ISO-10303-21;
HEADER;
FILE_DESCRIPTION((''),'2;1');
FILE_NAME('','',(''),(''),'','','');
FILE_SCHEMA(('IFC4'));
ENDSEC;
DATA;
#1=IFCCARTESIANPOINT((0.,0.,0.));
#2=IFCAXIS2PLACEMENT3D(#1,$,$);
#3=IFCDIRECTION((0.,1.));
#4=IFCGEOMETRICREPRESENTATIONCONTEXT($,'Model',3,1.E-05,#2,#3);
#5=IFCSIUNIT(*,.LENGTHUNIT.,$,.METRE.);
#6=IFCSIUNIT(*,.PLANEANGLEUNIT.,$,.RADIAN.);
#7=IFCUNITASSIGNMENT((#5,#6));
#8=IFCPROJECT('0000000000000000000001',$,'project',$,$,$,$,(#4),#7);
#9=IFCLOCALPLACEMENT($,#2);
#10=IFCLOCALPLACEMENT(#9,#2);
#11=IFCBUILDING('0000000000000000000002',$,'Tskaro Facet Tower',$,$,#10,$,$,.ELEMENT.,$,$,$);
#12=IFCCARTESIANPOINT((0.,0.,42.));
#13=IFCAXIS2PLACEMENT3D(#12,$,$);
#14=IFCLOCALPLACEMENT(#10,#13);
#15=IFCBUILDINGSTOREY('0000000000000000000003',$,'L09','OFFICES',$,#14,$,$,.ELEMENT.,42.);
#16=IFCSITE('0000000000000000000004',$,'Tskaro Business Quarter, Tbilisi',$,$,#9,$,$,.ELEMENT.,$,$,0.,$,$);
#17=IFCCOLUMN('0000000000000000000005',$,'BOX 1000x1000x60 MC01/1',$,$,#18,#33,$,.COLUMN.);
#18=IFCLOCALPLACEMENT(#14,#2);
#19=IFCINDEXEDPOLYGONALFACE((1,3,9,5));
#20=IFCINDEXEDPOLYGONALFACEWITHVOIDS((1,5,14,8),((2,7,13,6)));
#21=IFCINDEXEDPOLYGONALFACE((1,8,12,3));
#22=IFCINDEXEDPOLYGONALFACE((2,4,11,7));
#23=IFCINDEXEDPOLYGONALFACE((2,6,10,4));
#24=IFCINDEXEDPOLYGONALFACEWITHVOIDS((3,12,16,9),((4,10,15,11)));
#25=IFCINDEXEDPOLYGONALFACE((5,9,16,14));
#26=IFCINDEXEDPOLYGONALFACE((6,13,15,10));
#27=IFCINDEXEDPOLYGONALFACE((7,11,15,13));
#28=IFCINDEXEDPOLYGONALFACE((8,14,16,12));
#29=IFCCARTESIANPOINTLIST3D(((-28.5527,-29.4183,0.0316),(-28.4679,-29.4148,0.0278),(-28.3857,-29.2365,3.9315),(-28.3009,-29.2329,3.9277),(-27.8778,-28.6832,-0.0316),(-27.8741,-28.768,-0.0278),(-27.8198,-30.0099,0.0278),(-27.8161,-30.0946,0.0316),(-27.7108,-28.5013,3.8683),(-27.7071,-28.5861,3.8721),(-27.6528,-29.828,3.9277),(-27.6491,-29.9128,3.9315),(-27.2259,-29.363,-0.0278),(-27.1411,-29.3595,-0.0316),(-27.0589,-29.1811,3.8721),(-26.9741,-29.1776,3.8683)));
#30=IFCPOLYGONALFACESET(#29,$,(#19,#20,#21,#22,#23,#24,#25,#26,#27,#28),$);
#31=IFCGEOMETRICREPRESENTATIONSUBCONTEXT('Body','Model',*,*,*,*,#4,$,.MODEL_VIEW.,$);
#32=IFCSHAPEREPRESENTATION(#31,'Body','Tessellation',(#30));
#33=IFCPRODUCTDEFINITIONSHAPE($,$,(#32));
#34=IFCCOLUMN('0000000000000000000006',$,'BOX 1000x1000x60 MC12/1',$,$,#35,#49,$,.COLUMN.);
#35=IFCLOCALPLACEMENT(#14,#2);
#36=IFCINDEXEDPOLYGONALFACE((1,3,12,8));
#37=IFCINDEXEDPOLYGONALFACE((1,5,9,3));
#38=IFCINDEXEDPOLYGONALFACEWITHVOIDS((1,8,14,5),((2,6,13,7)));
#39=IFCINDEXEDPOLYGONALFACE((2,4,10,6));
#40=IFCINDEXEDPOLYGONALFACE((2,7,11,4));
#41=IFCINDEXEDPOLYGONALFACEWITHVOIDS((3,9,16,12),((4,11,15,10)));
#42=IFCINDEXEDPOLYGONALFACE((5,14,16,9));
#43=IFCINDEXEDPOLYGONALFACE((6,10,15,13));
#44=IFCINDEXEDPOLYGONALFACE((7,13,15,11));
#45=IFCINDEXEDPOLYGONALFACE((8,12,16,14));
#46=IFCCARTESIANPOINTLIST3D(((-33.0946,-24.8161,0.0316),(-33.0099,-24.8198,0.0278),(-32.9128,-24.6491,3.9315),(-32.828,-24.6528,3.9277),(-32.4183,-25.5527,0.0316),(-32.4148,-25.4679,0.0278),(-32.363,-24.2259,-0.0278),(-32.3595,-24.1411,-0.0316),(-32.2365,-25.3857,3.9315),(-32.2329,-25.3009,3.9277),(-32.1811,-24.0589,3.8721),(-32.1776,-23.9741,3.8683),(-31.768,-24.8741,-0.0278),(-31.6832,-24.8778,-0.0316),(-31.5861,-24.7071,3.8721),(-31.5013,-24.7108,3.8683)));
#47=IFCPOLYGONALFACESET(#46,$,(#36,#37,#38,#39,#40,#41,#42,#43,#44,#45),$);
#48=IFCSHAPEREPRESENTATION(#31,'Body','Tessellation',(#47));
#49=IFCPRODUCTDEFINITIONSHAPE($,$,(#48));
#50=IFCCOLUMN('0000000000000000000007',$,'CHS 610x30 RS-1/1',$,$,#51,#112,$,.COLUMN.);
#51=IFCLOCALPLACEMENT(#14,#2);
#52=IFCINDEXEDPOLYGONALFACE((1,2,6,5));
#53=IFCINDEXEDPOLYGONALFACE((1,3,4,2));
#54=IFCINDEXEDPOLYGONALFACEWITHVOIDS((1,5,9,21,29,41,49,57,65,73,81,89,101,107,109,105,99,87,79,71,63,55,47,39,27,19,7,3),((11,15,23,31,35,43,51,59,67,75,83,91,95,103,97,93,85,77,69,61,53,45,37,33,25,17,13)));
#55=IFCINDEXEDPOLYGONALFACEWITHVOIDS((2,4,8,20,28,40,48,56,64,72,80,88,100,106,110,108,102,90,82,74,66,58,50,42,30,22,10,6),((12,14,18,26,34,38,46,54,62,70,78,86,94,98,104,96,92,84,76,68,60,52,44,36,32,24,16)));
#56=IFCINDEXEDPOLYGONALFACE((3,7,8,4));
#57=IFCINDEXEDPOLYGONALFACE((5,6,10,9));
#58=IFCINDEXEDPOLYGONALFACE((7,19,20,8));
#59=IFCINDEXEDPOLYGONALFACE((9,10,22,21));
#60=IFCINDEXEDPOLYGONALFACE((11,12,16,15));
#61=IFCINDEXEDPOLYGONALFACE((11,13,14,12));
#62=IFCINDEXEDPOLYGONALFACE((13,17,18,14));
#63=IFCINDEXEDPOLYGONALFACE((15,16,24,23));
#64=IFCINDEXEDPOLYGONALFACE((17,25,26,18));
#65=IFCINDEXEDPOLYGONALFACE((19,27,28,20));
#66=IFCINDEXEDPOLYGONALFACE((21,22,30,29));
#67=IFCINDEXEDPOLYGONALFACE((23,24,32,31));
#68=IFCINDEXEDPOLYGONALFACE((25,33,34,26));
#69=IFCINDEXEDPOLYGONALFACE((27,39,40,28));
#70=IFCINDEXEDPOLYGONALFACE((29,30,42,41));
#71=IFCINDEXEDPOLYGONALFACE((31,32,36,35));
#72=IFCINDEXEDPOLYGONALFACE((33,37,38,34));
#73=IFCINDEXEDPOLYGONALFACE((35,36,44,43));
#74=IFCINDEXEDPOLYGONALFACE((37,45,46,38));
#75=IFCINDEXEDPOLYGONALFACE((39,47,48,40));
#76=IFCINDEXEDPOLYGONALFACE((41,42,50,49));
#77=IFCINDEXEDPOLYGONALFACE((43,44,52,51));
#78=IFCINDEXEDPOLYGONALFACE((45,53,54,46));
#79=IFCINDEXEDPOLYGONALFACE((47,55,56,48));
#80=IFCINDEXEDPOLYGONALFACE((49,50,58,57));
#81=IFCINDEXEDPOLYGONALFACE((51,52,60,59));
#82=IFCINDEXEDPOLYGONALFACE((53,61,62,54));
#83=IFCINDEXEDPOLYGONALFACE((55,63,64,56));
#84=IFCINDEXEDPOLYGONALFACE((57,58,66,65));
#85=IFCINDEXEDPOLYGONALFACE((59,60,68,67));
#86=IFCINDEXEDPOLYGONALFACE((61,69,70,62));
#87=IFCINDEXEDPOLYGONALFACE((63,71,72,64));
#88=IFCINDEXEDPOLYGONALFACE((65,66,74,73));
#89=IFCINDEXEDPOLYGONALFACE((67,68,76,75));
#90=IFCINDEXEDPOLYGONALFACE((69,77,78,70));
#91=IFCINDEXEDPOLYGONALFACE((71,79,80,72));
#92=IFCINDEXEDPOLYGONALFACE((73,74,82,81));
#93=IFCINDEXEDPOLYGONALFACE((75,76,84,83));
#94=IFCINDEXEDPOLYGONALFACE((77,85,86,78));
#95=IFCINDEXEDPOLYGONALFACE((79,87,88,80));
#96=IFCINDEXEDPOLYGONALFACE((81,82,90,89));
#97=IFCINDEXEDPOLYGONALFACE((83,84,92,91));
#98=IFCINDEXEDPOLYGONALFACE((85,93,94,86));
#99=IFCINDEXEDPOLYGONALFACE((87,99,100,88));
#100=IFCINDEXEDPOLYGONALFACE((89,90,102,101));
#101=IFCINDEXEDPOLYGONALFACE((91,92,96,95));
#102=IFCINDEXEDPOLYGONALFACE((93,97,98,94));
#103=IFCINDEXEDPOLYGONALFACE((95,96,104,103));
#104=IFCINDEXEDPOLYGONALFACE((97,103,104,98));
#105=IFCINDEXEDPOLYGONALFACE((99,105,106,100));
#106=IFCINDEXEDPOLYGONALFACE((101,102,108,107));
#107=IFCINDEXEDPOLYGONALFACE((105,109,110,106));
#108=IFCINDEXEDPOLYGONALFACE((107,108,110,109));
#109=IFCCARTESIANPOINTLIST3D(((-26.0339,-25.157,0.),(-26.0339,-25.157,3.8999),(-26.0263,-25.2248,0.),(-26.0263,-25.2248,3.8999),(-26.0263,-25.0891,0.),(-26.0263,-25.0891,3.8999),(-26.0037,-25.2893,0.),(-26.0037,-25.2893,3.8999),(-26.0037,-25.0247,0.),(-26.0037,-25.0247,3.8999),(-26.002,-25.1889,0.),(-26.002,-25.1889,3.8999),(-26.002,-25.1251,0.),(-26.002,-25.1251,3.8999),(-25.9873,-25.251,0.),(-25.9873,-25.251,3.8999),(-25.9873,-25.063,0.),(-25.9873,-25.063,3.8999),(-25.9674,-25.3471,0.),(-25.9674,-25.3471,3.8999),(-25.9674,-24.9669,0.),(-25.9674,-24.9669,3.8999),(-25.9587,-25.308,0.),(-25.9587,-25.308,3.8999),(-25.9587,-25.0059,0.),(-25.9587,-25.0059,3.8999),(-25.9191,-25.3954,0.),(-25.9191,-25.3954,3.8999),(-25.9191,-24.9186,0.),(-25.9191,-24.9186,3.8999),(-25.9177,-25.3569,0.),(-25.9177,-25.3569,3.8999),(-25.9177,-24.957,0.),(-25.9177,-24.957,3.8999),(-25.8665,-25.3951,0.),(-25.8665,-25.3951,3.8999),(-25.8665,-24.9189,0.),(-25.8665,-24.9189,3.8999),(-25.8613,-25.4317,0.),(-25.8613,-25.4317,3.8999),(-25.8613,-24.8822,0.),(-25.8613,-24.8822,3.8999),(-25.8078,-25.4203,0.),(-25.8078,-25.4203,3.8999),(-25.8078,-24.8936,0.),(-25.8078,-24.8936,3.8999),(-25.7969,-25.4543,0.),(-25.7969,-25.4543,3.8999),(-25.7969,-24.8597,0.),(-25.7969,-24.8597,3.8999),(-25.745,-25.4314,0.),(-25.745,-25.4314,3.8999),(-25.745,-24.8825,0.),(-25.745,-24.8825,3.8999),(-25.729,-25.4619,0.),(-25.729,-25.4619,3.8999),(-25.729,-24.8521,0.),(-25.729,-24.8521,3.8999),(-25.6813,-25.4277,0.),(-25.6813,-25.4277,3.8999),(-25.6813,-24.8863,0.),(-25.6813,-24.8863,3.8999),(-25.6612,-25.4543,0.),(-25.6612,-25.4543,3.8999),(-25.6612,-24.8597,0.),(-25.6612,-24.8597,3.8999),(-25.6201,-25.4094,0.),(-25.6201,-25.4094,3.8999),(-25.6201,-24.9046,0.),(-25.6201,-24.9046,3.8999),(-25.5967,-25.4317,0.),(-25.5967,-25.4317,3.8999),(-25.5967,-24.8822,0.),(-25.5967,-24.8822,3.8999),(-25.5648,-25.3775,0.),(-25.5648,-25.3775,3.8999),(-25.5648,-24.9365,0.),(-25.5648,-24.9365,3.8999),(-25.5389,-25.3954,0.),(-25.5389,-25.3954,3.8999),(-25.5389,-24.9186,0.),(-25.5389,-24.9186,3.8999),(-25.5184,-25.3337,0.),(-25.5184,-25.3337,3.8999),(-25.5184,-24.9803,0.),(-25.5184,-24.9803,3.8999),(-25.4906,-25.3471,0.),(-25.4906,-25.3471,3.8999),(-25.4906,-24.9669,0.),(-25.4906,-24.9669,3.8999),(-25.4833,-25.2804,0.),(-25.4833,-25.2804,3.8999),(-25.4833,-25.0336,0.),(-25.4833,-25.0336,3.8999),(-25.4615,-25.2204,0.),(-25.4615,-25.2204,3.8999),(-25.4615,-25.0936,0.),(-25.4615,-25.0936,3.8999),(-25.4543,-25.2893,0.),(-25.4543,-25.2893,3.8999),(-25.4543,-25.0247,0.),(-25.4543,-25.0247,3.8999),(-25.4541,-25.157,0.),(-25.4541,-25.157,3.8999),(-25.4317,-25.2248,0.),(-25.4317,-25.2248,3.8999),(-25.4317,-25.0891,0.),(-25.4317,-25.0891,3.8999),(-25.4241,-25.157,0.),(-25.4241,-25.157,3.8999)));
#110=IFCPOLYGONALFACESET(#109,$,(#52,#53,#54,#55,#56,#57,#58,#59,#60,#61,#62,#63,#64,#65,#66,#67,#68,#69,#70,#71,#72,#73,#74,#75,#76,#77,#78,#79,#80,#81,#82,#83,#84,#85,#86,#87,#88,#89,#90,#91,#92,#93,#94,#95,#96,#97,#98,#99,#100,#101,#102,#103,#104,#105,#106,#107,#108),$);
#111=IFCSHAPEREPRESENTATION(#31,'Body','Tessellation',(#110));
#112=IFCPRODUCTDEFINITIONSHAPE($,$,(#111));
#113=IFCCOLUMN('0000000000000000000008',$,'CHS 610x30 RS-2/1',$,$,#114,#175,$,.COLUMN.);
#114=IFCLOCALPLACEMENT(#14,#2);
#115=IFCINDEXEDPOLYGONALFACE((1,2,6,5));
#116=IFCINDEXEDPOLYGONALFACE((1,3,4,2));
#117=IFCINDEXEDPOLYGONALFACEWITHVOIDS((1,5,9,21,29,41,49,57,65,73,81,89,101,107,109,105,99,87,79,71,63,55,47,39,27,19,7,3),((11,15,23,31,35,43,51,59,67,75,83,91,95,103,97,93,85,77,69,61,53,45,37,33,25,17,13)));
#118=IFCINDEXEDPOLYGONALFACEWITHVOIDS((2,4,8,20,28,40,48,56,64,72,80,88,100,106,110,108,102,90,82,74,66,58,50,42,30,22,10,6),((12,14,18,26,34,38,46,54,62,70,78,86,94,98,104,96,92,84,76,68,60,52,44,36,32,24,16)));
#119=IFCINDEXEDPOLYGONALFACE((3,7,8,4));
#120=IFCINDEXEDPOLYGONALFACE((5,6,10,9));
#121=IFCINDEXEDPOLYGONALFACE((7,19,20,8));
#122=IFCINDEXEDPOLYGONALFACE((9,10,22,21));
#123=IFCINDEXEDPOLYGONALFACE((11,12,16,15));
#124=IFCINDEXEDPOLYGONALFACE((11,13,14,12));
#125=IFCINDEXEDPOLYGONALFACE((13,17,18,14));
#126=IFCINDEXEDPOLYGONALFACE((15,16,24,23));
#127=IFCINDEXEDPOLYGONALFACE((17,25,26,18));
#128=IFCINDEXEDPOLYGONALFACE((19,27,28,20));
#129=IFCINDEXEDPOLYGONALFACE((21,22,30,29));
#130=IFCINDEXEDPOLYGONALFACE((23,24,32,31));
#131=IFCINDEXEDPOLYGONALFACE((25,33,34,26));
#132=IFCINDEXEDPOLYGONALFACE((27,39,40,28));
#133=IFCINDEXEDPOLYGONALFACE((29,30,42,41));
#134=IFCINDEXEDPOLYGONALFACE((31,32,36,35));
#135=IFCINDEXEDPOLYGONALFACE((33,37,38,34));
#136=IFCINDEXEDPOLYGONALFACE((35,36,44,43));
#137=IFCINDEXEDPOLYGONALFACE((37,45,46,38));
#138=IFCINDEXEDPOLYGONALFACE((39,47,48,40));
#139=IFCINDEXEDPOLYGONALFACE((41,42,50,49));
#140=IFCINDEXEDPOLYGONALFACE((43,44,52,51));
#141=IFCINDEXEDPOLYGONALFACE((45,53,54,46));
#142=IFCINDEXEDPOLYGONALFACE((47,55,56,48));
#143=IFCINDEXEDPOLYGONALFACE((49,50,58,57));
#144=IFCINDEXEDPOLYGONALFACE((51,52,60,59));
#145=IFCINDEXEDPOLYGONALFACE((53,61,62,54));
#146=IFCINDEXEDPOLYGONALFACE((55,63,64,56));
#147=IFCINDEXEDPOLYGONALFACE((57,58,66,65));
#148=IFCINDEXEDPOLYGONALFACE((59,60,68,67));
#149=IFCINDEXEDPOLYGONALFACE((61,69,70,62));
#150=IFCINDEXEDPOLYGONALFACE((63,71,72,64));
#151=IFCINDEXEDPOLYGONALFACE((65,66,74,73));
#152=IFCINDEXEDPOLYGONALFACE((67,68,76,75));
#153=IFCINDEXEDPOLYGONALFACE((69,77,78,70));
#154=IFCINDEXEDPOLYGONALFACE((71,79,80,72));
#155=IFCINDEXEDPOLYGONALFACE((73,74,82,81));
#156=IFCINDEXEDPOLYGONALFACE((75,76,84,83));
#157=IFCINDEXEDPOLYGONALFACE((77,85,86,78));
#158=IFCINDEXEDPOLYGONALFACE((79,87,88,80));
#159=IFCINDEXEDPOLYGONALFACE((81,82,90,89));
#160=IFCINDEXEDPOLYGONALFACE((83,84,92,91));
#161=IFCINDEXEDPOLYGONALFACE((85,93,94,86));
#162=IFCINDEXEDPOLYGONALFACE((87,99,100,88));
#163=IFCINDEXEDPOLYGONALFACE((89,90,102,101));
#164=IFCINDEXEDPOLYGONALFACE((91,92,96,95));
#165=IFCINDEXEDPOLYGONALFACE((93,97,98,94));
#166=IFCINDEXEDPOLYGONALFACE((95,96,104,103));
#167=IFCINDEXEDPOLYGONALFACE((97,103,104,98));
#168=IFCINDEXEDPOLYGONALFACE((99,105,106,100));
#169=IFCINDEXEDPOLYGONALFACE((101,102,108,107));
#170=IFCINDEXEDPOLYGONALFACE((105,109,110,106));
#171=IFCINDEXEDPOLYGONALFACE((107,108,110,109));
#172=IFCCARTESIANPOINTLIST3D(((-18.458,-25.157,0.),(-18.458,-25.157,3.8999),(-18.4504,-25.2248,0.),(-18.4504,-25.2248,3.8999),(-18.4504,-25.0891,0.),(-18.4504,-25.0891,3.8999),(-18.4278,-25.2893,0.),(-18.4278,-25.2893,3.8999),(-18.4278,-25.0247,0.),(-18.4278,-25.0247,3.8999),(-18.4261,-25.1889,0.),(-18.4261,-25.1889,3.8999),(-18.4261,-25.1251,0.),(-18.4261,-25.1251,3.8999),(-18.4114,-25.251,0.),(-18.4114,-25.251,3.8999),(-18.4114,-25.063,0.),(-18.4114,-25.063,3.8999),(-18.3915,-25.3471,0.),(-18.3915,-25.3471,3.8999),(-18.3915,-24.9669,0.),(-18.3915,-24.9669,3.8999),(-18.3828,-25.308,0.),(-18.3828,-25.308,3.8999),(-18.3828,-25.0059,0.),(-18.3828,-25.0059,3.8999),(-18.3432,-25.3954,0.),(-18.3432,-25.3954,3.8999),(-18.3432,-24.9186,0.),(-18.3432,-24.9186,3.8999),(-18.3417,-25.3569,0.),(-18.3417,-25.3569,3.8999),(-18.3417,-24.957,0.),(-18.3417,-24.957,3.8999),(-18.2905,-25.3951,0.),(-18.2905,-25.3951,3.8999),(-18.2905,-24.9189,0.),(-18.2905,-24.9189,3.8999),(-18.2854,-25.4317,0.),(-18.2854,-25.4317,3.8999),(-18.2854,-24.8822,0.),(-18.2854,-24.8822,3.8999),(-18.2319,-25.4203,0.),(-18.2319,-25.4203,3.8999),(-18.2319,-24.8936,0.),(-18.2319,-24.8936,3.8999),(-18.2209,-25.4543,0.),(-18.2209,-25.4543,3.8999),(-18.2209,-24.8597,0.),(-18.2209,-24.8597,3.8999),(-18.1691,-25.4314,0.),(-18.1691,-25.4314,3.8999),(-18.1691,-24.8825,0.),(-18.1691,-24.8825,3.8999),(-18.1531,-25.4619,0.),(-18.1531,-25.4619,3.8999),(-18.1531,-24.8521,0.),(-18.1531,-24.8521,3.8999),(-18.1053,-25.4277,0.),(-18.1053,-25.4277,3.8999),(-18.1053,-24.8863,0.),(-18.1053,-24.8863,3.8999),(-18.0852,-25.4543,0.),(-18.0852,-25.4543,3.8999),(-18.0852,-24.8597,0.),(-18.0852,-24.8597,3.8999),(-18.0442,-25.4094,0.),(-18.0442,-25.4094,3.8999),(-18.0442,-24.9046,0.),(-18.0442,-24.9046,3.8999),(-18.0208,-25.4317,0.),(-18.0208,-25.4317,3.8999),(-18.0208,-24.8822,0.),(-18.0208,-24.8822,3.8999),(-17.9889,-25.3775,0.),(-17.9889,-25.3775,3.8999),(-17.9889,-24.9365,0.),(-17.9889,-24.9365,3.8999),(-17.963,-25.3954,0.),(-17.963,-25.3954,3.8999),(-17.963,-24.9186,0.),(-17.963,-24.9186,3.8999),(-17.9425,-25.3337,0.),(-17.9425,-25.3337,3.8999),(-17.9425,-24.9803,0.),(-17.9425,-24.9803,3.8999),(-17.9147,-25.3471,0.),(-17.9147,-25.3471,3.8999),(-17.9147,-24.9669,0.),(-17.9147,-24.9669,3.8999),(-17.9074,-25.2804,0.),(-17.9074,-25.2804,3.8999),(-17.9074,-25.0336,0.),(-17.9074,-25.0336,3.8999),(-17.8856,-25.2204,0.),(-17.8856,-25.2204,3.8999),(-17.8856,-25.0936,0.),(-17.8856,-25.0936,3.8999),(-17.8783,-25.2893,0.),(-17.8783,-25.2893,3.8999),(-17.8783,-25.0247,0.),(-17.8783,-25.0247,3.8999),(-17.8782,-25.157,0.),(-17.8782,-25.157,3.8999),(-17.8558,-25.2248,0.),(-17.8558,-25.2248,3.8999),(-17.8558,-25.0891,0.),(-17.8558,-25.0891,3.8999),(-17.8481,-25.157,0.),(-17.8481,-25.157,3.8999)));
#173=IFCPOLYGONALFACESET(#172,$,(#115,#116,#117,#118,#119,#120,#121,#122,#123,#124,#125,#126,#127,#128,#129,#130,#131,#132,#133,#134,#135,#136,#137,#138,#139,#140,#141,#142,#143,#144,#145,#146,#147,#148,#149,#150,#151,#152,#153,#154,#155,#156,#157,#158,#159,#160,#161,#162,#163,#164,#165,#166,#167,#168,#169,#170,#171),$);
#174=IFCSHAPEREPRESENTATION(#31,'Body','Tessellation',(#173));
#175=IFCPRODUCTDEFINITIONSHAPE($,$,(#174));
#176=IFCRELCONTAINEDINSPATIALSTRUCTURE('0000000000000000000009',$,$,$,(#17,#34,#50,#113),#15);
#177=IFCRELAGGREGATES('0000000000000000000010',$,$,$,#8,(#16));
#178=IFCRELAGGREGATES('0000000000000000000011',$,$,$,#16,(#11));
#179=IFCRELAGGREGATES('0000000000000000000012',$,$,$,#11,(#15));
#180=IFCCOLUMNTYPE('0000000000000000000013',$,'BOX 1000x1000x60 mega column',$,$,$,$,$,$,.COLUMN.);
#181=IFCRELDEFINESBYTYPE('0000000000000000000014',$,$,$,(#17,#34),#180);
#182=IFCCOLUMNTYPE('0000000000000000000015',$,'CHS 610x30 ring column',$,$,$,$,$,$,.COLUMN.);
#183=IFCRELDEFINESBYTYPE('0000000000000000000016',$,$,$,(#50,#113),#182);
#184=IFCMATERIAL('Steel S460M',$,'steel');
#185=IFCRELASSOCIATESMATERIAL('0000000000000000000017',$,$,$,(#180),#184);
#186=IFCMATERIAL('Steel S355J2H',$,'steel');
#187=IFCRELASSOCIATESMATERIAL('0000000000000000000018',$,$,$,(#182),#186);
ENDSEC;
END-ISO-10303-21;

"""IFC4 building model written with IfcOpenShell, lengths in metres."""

from ifc_helpers import new_model, si_unit, direction, frame, origin, origin_2d, place, context, subcontext, project, spatial, hollow_rectangle, hollow_circle, extrude, material, material_profile, profile_set, type_object, element, save


model = new_model("IFC4")

# Units and contexts
model_context = context("Model", 3, precision=1e-05, world=origin(), true_north=direction((0.0, 1.0)))
body_context = subcontext(model_context, "Body", "Model", "MODEL_VIEW")
ifc_project = project(units=[si_unit("LENGTHUNIT", "METRE"), si_unit("PLANEANGLEUNIT", "RADIAN")], contexts=[model_context])

# Site, building, storey
site_placement = place(None, origin())
site = spatial("IfcSite", under=ifc_project, at=site_placement, Name="Tskaro Business Quarter, Tbilisi", CompositionType="ELEMENT", RefElevation=0.0)
building_placement = place(site_placement, origin())
building = spatial("IfcBuilding", under=site, at=building_placement, Name="Tskaro Facet Tower", CompositionType="ELEMENT")
storey_placement = place(building_placement, frame((0.0, 0.0, 42.0)))
storey = spatial("IfcBuildingStorey", under=building, at=storey_placement, Name="L09", Description="OFFICES", CompositionType="ELEMENT", Elevation=42.0)

# Columns
ifc_material_1 = material(Name="Steel S460M", Category="steel")
ifc_material_profile_1 = material_profile(ifc_material_1, hollow_rectangle(XDim=1.0, YDim=1.0, WallThickness=0.0601, at=origin_2d()), Name="BOX 1000x1000x60")
ifc_profile_set_1 = profile_set([ifc_material_profile_1], Name="Steel S460M")
column_type_1 = type_object("IfcColumnType", Name="BOX 1000x1000x60 mega column", PredefinedType="COLUMN", material=ifc_profile_set_1)
for number, where, z_axis, x_axis, name in (
    (1, (-27.8469, -29.3889, 0.0), (0.042734, 0.046545, 0.998002), (-0.73662, 0.676306, 0.0), "BOX 1000x1000x60 MC01/1"),
    (2, (-32.3889, -24.8469, 0.0), (0.046545, 0.042734, 0.998002), (-0.676306, 0.73662, 0.0), "BOX 1000x1000x60 MC12/1"),
):
    element("IfcColumn", number, at=place(storey_placement, frame(where, z_axis=z_axis, x_axis=x_axis)), inside=storey, type_object=column_type_1, Name=name, PredefinedType="COLUMN", context=body_context, shape_type="SweptSolid", body=[
        extrude(hollow_rectangle(XDim=1.0, YDim=1.0, WallThickness=0.0601, at=origin_2d()), origin(), (0.0, 0.0, 1.0), 3.9077),
    ])
ifc_material_2 = material(Name="Steel S355J2H", Category="steel")
ifc_material_profile_2 = material_profile(ifc_material_2, hollow_circle(Radius=0.3049, WallThickness=0.03, at=origin_2d()), Name="CHS 610x30")
ifc_profile_set_2 = profile_set([ifc_material_profile_2], Name="Steel S355J2H")
column_type_2 = type_object("IfcColumnType", Name="CHS 610x30 ring column", PredefinedType="COLUMN", material=ifc_profile_set_2)
for number, where, z_axis, x_axis, name in (
    (3, (-25.729, -25.157, 0.0), (0.0, 0.0, 1.0), (1.0, 0.0, 0.0), "CHS 610x30 RS-1/1"),
    (4, (-18.1531, -25.157, 0.0), (0.0, 0.0, 1.0), (1.0, 0.0, 0.0), "CHS 610x30 RS-2/1"),
):
    element("IfcColumn", number, at=place(storey_placement, frame(where, z_axis=z_axis, x_axis=x_axis)), inside=storey, type_object=column_type_2, Name=name, PredefinedType="COLUMN", context=body_context, shape_type="SweptSolid", body=[
        extrude(hollow_circle(Radius=0.3049, WallThickness=0.03, at=origin_2d()), origin(), (0.0, 0.0, 1.0), 3.8999),
    ])

save(model, "model.ifc")
